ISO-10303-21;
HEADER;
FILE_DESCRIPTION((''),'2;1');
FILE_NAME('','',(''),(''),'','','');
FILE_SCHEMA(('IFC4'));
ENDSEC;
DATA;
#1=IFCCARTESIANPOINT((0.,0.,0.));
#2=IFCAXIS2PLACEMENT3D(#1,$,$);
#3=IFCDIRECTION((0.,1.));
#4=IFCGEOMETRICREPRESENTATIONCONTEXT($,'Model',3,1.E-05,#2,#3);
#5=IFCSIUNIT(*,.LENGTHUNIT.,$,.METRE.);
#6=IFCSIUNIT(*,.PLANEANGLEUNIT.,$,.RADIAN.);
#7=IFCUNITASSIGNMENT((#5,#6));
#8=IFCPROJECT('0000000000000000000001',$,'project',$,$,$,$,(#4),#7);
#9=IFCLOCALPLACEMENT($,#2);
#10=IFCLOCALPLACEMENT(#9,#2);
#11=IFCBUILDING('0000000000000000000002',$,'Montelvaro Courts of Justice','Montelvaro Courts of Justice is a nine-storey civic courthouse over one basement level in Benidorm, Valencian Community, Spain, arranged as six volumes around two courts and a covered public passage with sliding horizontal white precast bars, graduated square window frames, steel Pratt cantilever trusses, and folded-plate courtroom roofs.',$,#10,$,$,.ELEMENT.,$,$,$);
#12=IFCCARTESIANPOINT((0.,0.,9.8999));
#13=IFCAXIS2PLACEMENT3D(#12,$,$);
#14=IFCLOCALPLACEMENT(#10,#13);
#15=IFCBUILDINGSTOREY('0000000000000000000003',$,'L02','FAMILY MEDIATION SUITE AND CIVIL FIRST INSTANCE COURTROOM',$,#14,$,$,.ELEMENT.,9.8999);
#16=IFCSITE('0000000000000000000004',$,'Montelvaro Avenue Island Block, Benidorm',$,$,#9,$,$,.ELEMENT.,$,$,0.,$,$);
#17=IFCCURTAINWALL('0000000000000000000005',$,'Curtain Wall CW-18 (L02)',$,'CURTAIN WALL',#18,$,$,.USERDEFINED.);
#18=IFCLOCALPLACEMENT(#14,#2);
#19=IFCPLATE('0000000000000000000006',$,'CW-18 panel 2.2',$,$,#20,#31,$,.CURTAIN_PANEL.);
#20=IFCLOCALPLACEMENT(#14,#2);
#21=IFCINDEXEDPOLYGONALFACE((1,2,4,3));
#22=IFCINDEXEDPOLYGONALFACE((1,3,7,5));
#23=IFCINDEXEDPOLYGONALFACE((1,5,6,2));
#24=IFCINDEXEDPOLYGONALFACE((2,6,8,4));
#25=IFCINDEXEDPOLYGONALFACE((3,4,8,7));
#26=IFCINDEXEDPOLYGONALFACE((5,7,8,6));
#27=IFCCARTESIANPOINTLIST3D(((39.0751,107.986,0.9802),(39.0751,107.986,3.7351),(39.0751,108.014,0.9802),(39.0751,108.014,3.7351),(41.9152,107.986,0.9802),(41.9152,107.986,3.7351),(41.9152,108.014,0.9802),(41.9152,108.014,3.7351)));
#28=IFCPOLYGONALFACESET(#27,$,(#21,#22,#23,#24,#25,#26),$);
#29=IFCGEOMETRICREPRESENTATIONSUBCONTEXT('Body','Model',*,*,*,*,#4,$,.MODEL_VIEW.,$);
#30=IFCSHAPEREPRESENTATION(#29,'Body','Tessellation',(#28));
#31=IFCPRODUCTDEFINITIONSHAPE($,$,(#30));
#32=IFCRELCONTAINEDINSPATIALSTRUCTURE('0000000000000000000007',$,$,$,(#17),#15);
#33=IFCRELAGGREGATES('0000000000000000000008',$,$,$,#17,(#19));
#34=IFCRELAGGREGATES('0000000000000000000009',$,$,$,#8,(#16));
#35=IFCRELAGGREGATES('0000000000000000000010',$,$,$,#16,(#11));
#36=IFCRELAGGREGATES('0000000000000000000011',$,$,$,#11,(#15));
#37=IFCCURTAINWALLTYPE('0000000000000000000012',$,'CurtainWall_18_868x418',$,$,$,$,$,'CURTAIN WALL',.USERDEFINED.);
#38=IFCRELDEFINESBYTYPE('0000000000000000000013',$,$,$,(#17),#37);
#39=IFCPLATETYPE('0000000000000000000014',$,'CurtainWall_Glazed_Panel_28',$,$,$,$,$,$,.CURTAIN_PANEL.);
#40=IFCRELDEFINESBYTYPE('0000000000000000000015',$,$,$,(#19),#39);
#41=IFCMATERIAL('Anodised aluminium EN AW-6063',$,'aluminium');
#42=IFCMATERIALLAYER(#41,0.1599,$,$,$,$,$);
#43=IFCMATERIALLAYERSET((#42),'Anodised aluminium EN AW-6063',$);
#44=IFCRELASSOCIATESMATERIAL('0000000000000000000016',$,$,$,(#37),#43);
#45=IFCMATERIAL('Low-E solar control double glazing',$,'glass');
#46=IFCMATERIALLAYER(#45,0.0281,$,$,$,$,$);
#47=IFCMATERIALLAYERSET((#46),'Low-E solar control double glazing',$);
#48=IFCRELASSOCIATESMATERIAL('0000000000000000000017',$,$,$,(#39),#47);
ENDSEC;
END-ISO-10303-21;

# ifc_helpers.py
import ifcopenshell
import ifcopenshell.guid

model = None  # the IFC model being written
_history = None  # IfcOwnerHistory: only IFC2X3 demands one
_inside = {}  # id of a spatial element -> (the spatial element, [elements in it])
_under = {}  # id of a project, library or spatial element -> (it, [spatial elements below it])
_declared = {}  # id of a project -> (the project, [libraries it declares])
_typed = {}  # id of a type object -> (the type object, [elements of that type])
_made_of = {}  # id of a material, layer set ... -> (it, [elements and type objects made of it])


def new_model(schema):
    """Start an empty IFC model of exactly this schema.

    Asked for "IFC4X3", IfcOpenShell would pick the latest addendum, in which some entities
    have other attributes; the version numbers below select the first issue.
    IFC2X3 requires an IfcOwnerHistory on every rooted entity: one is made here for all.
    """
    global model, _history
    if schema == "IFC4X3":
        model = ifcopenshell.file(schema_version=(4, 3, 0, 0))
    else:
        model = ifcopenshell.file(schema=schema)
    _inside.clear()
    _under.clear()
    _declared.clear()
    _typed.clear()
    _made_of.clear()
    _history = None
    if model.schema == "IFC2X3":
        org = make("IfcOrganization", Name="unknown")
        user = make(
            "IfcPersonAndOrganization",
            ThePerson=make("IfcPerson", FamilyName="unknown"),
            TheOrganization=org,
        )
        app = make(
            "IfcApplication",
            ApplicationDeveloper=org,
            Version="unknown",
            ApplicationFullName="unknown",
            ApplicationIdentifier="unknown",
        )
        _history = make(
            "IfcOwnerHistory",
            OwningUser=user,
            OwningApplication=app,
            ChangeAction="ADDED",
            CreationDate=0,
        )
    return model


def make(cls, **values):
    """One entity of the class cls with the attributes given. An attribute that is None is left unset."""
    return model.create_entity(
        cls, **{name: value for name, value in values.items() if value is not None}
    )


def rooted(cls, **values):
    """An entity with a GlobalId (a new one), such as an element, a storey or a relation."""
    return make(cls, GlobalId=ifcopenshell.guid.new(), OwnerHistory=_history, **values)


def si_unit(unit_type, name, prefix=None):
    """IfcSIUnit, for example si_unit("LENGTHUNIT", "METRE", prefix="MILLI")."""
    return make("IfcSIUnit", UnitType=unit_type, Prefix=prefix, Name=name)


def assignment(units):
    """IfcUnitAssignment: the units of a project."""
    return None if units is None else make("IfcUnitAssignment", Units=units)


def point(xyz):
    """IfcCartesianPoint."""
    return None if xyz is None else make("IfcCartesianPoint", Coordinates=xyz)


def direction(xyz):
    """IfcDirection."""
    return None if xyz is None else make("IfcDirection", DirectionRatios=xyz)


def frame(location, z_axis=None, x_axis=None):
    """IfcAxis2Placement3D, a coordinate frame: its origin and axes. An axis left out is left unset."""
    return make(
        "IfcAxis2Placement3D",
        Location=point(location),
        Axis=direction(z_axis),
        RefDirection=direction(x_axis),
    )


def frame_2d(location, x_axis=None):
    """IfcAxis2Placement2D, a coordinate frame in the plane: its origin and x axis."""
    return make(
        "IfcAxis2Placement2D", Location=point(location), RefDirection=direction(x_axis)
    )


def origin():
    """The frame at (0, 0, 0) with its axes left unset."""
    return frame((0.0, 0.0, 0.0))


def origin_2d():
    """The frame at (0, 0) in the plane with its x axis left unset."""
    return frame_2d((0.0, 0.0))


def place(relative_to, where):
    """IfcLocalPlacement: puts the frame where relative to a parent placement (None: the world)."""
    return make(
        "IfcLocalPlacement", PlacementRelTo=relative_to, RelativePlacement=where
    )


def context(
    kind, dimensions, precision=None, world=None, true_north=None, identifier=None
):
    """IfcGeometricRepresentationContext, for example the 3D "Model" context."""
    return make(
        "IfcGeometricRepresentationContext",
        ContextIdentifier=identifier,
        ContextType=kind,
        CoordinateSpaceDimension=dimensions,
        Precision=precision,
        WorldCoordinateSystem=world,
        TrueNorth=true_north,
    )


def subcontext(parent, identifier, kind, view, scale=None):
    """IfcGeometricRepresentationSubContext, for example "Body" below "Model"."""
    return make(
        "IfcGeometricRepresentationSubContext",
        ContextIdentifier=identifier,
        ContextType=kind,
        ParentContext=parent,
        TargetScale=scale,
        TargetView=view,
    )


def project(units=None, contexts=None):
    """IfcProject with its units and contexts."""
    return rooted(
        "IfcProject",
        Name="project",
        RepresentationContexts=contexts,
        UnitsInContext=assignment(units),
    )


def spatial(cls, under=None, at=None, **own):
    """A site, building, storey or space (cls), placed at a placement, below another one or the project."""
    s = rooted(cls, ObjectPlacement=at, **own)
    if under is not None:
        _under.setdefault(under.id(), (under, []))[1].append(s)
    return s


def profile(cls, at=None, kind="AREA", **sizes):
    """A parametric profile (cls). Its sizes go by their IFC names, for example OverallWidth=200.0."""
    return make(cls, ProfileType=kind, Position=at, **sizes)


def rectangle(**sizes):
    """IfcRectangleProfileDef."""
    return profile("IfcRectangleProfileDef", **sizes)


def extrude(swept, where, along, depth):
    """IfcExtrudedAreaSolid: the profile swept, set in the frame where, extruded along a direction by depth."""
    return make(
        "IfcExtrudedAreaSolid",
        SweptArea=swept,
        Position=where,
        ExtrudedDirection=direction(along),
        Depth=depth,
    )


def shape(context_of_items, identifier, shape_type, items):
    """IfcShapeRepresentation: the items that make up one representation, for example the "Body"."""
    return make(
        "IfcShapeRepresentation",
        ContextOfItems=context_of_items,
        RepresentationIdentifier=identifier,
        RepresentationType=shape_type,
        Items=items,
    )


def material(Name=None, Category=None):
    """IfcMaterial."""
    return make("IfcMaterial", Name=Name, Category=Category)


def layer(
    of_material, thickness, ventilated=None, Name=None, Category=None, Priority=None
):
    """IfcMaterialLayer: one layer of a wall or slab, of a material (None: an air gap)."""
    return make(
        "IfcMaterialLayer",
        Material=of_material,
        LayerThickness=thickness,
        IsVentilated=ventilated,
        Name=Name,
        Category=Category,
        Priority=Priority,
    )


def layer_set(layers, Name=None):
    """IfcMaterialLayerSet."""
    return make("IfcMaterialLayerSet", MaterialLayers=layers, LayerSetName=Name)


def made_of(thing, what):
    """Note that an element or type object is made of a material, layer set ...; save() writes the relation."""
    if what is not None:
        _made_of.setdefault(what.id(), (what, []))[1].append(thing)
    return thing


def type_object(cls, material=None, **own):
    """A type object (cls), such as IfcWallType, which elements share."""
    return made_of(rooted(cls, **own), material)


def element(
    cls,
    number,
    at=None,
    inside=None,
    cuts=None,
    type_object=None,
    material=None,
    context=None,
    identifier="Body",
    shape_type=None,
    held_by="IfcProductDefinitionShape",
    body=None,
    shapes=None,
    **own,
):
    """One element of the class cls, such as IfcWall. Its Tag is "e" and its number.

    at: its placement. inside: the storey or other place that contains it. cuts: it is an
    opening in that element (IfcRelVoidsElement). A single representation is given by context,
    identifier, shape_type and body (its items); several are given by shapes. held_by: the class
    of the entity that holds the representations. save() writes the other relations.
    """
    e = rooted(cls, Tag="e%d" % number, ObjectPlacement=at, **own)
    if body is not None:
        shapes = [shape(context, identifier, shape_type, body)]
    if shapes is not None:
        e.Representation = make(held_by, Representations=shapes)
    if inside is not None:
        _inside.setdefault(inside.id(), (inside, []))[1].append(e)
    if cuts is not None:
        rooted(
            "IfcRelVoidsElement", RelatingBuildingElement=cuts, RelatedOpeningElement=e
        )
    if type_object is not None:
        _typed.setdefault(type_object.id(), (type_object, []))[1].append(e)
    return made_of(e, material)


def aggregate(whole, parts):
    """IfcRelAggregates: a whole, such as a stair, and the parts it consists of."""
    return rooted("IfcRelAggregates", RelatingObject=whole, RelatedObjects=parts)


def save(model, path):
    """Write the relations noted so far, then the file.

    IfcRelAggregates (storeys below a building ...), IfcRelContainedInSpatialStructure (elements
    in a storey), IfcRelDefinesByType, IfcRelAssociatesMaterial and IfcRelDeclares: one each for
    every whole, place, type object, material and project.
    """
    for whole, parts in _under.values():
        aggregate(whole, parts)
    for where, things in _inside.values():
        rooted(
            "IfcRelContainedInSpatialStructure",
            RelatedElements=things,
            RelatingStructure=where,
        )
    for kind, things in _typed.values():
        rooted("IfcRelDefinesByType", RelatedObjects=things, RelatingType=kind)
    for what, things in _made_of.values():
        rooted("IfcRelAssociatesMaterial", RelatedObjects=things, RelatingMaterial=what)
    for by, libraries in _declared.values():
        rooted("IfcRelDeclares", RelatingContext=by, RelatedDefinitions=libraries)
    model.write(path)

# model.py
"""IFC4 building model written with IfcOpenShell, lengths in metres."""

from ifc_helpers import new_model, si_unit, direction, frame, origin, origin_2d, place, context, subcontext, project, spatial, rectangle, extrude, material, layer, layer_set, type_object, element, aggregate, save


model = new_model("IFC4")

# Units and contexts
model_context = context("Model", 3, precision=1e-05, world=origin(), true_north=direction((0.0, 1.0)))
body_context = subcontext(model_context, "Body", "Model", "MODEL_VIEW")
ifc_project = project(units=[si_unit("LENGTHUNIT", "METRE"), si_unit("PLANEANGLEUNIT", "RADIAN")], contexts=[model_context])

# Site, building, storey
site_placement = place(None, origin())
site = spatial("IfcSite", under=ifc_project, at=site_placement, Name="Montelvaro Avenue Island Block, Benidorm", CompositionType="ELEMENT", RefElevation=0.0)
building_placement = place(site_placement, origin())
building = spatial("IfcBuilding", under=site, at=building_placement, Name="Montelvaro Courts of Justice", Description="Montelvaro Courts of Justice is a nine-storey civic courthouse over one basement level in Benidorm, Valencian Community, Spain, arranged as six volumes around two courts and a covered public passage with sliding horizontal white precast bars, graduated square window frames, steel Pratt cantilever trusses, and folded-plate courtroom roofs.", CompositionType="ELEMENT")
storey_placement = place(building_placement, frame((0.0, 0.0, 9.8999)))
storey = spatial("IfcBuildingStorey", under=building, at=storey_placement, Name="L02", Description="FAMILY MEDIATION SUITE AND CIVIL FIRST INSTANCE COURTROOM", CompositionType="ELEMENT", Elevation=9.8999)

# Curtain wall
ifc_material_1 = material(Name="Anodised aluminium EN AW-6063", Category="aluminium")
ifc_layer_1 = layer(ifc_material_1, 0.1599)
ifc_layer_set_1 = layer_set([ifc_layer_1], Name="Anodised aluminium EN AW-6063")
curtain_wall_type = type_object("IfcCurtainWallType", Name="CurtainWall_18_868x418", ElementType="CURTAIN WALL", PredefinedType="USERDEFINED", material=ifc_layer_set_1)
curtain_wall_1_placement = place(storey_placement, origin())
curtain_wall_1 = element("IfcCurtainWall", 1, at=curtain_wall_1_placement, inside=storey, type_object=curtain_wall_type, Name="Curtain Wall CW-18 (L02)", ObjectType="CURTAIN WALL", PredefinedType="USERDEFINED")

# Plate
ifc_material_2 = material(Name="Low-E solar control double glazing", Category="glass")
ifc_layer_2 = layer(ifc_material_2, 0.0281)
ifc_layer_set_2 = layer_set([ifc_layer_2], Name="Low-E solar control double glazing")
plate_type = type_object("IfcPlateType", Name="CurtainWall_Glazed_Panel_28", PredefinedType="CURTAIN_PANEL", material=ifc_layer_set_2)
plate_1_placement = place(storey_placement, frame((40.4951, 108.0, 0.9802), z_axis=(0.0, 0.0, 1.0), x_axis=(-1.0, 0.0, 0.0)))
plate_1 = element("IfcPlate", 2, at=plate_1_placement, type_object=plate_type, Name="CW-18 panel 2.2", PredefinedType="CURTAIN_PANEL", context=body_context, shape_type="SweptSolid", body=[
    extrude(rectangle(XDim=2.8401, YDim=0.0281, at=origin_2d()), origin(), (0.0, 0.0, 1.0), 2.7549),
])
aggregate(curtain_wall_1, [plate_1])

save(model, "model.ifc")
